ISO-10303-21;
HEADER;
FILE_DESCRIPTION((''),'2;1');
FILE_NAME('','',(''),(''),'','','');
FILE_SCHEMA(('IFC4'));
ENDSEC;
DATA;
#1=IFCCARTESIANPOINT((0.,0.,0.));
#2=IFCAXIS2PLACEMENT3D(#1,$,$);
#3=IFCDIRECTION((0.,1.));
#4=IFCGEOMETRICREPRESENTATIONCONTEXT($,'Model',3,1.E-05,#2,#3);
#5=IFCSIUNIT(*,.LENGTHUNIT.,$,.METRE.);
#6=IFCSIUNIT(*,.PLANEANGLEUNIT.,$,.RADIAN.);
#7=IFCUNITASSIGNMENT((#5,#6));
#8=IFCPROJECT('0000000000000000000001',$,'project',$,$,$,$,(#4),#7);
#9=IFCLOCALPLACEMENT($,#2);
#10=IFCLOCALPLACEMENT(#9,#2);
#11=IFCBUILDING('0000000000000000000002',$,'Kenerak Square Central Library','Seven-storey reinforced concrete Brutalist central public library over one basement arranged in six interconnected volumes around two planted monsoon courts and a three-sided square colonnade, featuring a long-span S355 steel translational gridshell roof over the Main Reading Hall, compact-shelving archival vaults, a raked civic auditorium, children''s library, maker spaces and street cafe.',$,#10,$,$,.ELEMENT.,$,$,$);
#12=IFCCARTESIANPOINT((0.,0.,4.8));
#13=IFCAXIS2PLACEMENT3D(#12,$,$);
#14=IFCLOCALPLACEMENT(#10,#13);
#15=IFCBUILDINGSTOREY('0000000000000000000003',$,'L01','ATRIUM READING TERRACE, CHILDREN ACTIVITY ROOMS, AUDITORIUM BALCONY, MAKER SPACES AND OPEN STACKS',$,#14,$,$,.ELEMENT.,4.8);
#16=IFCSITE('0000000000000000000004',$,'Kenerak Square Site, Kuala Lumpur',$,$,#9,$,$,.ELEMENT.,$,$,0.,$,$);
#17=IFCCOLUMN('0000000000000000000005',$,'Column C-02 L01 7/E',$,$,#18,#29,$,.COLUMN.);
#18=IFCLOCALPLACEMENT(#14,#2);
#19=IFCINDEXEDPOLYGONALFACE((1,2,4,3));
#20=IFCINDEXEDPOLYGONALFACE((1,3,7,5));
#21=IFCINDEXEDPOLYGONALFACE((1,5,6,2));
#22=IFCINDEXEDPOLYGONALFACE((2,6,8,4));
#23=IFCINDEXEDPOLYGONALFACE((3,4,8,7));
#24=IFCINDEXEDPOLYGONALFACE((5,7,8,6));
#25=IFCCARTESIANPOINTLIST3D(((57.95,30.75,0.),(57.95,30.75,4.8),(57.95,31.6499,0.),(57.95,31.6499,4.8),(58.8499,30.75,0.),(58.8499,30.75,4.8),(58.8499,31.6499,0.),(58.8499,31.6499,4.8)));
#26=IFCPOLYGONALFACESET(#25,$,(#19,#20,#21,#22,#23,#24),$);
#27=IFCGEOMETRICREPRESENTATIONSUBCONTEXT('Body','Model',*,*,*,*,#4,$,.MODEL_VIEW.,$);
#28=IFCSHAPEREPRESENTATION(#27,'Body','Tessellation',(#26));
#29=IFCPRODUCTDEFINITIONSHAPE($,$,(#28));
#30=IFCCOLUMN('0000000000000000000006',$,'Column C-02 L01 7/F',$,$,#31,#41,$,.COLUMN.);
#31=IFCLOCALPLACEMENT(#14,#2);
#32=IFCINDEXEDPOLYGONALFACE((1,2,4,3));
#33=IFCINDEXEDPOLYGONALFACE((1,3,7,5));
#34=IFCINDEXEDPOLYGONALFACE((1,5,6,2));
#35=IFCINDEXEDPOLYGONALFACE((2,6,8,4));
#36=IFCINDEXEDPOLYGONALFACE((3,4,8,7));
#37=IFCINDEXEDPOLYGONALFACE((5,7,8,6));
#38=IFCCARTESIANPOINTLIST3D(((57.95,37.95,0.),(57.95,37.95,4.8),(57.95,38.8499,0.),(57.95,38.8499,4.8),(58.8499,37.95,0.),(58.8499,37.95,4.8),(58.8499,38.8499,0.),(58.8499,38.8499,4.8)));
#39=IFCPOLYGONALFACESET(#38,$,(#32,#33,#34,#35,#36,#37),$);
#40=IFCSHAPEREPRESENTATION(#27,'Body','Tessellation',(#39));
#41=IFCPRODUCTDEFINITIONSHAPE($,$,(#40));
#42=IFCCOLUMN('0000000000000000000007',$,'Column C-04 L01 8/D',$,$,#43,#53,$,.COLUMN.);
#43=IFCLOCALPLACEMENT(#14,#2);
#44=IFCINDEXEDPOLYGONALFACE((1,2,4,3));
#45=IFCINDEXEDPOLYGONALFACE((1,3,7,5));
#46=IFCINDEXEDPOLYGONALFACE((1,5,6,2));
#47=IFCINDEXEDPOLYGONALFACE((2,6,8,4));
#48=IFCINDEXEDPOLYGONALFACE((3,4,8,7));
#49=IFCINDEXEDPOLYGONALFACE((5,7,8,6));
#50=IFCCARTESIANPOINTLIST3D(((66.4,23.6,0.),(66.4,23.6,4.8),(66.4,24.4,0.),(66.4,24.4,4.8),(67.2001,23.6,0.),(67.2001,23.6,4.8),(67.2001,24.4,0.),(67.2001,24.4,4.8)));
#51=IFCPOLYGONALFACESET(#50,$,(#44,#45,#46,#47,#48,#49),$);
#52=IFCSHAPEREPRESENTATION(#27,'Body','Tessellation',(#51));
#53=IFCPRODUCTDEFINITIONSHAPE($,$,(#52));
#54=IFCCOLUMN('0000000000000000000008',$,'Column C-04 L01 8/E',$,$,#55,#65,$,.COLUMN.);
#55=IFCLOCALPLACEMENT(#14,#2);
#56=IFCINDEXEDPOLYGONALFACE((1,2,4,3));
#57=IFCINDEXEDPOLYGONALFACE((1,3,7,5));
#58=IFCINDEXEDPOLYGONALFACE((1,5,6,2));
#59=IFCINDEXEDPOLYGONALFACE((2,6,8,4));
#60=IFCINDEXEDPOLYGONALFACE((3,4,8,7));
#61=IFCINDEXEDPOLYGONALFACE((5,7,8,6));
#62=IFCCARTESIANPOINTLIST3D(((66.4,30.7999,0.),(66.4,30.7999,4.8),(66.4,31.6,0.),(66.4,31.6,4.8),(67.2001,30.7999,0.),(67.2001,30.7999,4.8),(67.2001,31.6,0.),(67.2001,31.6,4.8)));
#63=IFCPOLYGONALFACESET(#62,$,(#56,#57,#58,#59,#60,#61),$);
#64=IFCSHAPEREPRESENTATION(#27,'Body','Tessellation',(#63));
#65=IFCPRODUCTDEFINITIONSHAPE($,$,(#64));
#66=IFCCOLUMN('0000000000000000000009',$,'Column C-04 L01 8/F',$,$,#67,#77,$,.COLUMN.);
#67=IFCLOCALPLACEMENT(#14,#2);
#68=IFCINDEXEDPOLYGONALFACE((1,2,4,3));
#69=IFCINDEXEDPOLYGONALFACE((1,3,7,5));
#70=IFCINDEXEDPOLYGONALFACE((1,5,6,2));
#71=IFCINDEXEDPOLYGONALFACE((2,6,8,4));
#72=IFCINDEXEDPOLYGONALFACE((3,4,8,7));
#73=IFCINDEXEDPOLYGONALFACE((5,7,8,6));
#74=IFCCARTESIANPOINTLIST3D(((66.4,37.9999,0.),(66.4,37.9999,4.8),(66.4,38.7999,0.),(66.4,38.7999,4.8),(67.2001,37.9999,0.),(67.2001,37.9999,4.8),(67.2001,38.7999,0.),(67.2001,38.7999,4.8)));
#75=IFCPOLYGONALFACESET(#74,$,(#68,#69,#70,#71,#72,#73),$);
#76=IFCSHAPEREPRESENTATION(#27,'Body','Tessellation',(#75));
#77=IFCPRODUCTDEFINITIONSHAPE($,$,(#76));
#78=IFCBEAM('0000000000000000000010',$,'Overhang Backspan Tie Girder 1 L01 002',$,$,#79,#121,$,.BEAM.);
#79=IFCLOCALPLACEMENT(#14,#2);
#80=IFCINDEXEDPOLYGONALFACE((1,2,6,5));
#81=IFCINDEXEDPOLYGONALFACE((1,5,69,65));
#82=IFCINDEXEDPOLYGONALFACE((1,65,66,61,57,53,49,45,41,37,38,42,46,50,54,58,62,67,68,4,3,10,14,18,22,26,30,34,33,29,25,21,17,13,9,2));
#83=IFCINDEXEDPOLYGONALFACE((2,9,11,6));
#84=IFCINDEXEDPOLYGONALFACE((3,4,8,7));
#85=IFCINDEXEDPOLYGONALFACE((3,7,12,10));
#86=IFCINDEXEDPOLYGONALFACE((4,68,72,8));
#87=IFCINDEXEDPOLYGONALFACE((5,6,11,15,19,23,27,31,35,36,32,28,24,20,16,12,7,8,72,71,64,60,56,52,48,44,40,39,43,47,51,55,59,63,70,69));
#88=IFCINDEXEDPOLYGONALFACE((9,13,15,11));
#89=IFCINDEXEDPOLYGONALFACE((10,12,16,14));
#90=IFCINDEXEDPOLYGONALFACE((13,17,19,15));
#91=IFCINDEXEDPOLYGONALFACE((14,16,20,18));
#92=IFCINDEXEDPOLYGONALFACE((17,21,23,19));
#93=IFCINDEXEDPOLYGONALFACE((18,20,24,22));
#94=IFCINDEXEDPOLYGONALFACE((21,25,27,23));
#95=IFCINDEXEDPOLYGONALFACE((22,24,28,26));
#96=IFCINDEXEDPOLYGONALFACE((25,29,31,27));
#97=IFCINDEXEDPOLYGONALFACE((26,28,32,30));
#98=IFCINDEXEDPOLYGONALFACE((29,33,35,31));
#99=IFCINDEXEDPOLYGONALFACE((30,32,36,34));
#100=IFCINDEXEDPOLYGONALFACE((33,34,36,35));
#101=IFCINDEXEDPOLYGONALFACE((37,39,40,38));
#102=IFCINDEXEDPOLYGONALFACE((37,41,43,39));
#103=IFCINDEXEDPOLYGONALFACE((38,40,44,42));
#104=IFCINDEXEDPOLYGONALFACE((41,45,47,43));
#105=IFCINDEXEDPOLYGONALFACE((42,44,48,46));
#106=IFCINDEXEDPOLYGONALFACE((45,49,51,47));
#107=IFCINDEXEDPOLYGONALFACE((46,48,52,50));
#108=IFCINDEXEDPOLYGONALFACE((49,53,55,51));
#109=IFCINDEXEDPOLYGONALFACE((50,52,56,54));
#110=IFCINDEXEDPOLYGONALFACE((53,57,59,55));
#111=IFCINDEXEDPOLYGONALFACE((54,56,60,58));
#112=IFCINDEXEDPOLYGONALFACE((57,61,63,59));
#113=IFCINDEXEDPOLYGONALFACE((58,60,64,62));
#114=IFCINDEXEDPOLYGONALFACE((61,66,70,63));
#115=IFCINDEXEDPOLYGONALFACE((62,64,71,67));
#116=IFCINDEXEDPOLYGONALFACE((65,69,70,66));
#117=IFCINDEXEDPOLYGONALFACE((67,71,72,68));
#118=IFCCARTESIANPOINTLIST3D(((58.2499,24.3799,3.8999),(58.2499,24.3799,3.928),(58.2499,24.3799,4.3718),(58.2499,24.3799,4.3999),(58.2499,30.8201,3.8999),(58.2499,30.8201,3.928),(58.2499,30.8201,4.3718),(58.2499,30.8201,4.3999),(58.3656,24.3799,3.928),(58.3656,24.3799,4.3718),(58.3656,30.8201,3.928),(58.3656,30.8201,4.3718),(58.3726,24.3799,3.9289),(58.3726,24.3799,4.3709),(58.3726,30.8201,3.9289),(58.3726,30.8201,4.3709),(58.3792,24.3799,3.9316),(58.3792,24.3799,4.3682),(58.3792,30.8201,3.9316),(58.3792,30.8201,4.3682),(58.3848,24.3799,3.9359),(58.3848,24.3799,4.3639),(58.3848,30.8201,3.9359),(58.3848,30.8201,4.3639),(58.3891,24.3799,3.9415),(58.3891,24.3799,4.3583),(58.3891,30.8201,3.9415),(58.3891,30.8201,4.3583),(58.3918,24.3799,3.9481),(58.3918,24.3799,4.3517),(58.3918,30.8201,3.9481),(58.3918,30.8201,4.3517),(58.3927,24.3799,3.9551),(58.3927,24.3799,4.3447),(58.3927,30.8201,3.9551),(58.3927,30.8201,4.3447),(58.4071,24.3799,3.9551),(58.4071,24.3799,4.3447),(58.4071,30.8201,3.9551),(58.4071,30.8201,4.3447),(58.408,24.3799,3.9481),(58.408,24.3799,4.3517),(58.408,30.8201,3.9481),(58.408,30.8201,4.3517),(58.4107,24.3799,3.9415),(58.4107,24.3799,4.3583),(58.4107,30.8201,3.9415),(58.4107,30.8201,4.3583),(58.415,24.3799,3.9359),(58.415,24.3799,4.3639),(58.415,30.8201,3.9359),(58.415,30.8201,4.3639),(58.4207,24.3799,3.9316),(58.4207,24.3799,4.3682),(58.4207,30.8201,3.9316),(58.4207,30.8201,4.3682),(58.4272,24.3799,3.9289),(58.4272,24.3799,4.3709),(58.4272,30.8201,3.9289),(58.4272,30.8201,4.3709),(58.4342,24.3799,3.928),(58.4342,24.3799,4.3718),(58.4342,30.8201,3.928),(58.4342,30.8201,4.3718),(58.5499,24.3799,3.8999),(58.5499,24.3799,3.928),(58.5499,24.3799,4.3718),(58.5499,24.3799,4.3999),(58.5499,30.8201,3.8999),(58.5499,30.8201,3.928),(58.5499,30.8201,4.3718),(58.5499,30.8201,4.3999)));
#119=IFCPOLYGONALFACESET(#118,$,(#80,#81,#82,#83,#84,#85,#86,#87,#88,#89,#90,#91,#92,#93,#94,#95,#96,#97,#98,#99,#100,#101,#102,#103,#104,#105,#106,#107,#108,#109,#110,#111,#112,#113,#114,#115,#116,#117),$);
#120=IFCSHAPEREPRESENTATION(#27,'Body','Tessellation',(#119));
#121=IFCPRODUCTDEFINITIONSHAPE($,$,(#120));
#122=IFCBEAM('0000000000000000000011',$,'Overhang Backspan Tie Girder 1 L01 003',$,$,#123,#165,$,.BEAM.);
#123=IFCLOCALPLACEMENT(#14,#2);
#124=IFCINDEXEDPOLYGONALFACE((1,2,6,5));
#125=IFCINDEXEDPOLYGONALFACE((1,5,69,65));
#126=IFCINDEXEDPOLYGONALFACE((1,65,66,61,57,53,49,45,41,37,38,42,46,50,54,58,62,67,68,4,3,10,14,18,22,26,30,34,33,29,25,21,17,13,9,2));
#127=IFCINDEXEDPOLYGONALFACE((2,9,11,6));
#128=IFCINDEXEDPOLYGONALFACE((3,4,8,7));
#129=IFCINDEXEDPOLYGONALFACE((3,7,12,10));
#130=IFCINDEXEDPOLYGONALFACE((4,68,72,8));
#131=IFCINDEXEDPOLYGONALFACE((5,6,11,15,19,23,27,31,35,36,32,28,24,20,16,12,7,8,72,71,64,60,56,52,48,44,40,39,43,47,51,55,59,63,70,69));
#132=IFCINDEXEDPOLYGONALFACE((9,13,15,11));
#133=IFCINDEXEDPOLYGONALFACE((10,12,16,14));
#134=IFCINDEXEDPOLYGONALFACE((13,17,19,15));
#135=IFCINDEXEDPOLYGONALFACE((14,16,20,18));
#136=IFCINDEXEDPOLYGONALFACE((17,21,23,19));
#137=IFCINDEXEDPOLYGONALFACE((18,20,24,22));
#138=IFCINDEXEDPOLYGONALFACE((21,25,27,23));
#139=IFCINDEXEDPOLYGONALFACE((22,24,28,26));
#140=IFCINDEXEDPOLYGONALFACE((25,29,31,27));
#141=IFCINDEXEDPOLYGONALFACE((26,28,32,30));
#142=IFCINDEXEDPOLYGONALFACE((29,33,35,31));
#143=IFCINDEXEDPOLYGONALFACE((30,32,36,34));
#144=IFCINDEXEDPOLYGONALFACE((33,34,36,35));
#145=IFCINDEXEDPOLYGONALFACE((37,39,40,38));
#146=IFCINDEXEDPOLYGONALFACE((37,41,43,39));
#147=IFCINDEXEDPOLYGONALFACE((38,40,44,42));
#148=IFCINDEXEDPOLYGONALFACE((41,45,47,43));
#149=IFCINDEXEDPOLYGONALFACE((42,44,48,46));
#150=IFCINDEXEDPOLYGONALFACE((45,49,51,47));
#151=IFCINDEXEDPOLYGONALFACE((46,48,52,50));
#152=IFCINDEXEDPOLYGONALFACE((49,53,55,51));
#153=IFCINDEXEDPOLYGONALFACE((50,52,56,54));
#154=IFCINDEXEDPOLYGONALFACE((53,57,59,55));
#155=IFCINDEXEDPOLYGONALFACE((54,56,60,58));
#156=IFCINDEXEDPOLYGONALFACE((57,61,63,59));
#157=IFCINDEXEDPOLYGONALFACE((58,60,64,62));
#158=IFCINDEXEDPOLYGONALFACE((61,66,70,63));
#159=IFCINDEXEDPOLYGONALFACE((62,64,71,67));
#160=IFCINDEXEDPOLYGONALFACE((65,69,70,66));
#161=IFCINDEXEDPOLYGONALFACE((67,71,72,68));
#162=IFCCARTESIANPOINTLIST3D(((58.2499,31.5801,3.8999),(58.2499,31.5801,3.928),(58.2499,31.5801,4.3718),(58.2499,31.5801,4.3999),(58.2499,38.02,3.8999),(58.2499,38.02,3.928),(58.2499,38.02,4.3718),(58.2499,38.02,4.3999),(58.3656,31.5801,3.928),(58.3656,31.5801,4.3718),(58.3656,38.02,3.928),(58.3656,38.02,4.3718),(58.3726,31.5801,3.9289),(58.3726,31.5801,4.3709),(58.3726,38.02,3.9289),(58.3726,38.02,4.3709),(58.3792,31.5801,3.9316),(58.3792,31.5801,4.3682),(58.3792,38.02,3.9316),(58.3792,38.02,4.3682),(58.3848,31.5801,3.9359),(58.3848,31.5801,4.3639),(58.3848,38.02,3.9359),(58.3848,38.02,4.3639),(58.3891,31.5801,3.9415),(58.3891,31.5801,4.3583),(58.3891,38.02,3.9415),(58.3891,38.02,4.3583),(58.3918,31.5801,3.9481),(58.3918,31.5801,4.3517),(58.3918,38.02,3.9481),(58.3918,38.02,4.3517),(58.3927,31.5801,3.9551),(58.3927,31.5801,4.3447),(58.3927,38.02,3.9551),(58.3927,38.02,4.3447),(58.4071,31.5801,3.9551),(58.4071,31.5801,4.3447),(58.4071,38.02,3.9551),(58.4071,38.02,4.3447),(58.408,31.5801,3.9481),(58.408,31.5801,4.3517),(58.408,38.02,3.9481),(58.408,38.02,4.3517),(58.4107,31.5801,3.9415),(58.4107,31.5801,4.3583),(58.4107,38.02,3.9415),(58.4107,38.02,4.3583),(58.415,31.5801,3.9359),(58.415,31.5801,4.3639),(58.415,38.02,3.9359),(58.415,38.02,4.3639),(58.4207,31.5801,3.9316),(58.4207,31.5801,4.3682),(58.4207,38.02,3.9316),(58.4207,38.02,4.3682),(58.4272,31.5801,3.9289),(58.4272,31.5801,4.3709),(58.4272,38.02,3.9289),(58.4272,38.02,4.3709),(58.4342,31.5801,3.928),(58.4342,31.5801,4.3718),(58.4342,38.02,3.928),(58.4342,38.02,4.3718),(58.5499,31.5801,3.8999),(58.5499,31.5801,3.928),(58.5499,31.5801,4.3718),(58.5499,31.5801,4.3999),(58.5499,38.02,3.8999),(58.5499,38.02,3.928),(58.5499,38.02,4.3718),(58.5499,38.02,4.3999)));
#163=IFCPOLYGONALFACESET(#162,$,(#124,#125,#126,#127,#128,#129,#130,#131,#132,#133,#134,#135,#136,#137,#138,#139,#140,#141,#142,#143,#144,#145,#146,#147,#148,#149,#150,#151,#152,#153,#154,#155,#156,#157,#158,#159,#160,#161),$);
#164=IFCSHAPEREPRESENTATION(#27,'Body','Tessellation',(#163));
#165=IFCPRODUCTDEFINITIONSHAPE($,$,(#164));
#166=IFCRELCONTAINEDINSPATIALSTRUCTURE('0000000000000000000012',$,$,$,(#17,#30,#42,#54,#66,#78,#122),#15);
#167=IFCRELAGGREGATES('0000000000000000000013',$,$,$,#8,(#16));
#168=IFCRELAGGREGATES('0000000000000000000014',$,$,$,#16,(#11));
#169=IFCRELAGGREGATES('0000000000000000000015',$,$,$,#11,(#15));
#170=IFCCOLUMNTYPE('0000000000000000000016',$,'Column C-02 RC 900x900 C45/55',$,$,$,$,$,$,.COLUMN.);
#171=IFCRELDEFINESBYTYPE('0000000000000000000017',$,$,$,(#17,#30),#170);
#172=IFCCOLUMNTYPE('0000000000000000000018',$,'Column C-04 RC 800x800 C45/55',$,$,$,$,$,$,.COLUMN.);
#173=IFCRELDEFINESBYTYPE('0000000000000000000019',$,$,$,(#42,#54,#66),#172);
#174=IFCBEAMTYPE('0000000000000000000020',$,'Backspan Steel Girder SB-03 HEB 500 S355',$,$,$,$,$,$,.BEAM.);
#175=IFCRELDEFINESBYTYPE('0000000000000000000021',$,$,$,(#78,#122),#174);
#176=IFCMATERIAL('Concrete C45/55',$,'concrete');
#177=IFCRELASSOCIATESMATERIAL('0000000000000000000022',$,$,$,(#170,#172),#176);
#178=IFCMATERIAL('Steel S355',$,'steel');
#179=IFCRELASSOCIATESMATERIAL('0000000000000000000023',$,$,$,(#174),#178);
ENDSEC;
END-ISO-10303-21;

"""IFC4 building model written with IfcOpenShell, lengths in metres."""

from ifc_helpers import new_model, si_unit, direction, frame, origin, origin_2d, place, context, subcontext, project, spatial, rectangle, i_section, extrude, material, material_profile, profile_set, type_object, element, save


model = new_model("IFC4")

# Units and contexts
model_context = context("Model", 3, precision=1e-05, world=origin(), true_north=direction((0.0, 1.0)))
body_context = subcontext(model_context, "Body", "Model", "MODEL_VIEW")
ifc_project = project(units=[si_unit("LENGTHUNIT", "METRE"), si_unit("PLANEANGLEUNIT", "RADIAN")], contexts=[model_context])

# Site, building, storey
site_placement = place(None, origin())
site = spatial("IfcSite", under=ifc_project, at=site_placement, Name="Kenerak Square Site, Kuala Lumpur", CompositionType="ELEMENT", RefElevation=0.0)
building_placement = place(site_placement, origin())
building = spatial("IfcBuilding", under=site, at=building_placement, Name="Kenerak Square Central Library", Description="Seven-storey reinforced concrete Brutalist central public library over one basement arranged in six interconnected volumes around two planted monsoon courts and a three-sided square colonnade, featuring a long-span S355 steel translational gridshell roof over the Main Reading Hall, compact-shelving archival vaults, a raked civic auditorium, children's library, maker spaces and street cafe.", CompositionType="ELEMENT")
storey_placement = place(building_placement, frame((0.0, 0.0, 4.8)))
storey = spatial("IfcBuildingStorey", under=building, at=storey_placement, Name="L01", Description="ATRIUM READING TERRACE, CHILDREN ACTIVITY ROOMS, AUDITORIUM BALCONY, MAKER SPACES AND OPEN STACKS", CompositionType="ELEMENT", Elevation=4.8)

# Columns
ifc_material_1 = material(Name="Concrete C45/55", Category="concrete")
ifc_material_profile_1 = material_profile(ifc_material_1, rectangle(XDim=0.8999, YDim=0.8999, at=origin_2d()), Name="RC 900x900")
ifc_profile_set_1 = profile_set([ifc_material_profile_1], Name="Concrete C45/55")
column_type_1 = type_object("IfcColumnType", Name="Column C-02 RC 900x900 C45/55", PredefinedType="COLUMN", material=ifc_profile_set_1)
for number, where, z_axis, x_axis, name in (
    (1, (58.3999, 31.2, 0.0), (0.0, 0.0, 1.0), (1.0, 0.0, 0.0), "Column C-02 L01 7/E"),
    (2, (58.3999, 38.3999, 0.0), (0.0, 0.0, 1.0), (1.0, 0.0, 0.0), "Column C-02 L01 7/F"),
):
    element("IfcColumn", number, at=place(storey_placement, frame(where, z_axis=z_axis, x_axis=x_axis)), inside=storey, type_object=column_type_1, Name=name, PredefinedType="COLUMN", context=body_context, shape_type="SweptSolid", body=[
        extrude(rectangle(XDim=0.8999, YDim=0.8999, at=origin_2d()), origin(), (0.0, 0.0, 1.0), 4.8),
    ])
ifc_material_profile_2 = material_profile(ifc_material_1, rectangle(XDim=0.8, YDim=0.8, at=origin_2d()), Name="RC 800x800")
ifc_profile_set_2 = profile_set([ifc_material_profile_2], Name="Concrete C45/55")
column_type_2 = type_object("IfcColumnType", Name="Column C-04 RC 800x800 C45/55", PredefinedType="COLUMN", material=ifc_profile_set_2)
for number, where, z_axis, x_axis, name in (
    (3, (66.8, 24.0, 0.0), (0.0, 0.0, 1.0), (1.0, 0.0, 0.0), "Column C-04 L01 8/D"),
    (4, (66.8, 31.2, 0.0), (0.0, 0.0, 1.0), (1.0, 0.0, 0.0), "Column C-04 L01 8/E"),
    (5, (66.8, 38.3999, 0.0), (0.0, 0.0, 1.0), (1.0, 0.0, 0.0), "Column C-04 L01 8/F"),
):
    element("IfcColumn", number, at=place(storey_placement, frame(where, z_axis=z_axis, x_axis=x_axis)), inside=storey, type_object=column_type_2, Name=name, PredefinedType="COLUMN", context=body_context, shape_type="SweptSolid", body=[
        extrude(rectangle(XDim=0.8, YDim=0.8, at=origin_2d()), origin(), (0.0, 0.0, 1.0), 4.8),
    ])

# Beams
ifc_material_2 = material(Name="Steel S355", Category="steel")
ifc_material_profile_3 = material_profile(ifc_material_2, i_section(OverallWidth=0.3, OverallDepth=0.5, WebThickness=0.0144, FlangeThickness=0.0281, FilletRadius=0.0271, at=origin_2d()), Name="HEB 500")
ifc_profile_set_3 = profile_set([ifc_material_profile_3], Name="Steel S355")
beam_type_1 = type_object("IfcBeamType", Name="Backspan Steel Girder SB-03 HEB 500 S355", PredefinedType="BEAM", material=ifc_profile_set_3)
beam_1_placement = place(storey_placement, frame((58.3999, 24.3799, 4.1499), z_axis=(0.0, 1.0, 0.0), x_axis=(-1.0, 0.0, 0.0)))
element("IfcBeam", 6, at=beam_1_placement, inside=storey, type_object=beam_type_1, Name="Overhang Backspan Tie Girder 1 L01 002", PredefinedType="BEAM", context=body_context, shape_type="SweptSolid", body=[
    extrude(i_section(OverallWidth=0.3, OverallDepth=0.5, WebThickness=0.0144, FlangeThickness=0.0281, FilletRadius=0.0271, at=origin_2d()), origin(), (0.0, 0.0, 1.0), 6.4402),
])
beam_2_placement = place(storey_placement, frame((58.3999, 31.5801, 4.1499), z_axis=(0.0, 1.0, 0.0), x_axis=(-1.0, 0.0, 0.0)))
element("IfcBeam", 7, at=beam_2_placement, inside=storey, type_object=beam_type_1, Name="Overhang Backspan Tie Girder 1 L01 003", PredefinedType="BEAM", context=body_context, shape_type="SweptSolid", body=[
    extrude(i_section(OverallWidth=0.3, OverallDepth=0.5, WebThickness=0.0144, FlangeThickness=0.0281, FilletRadius=0.0271, at=origin_2d()), origin(), (0.0, 0.0, 1.0), 6.4399),
])

save(model, "model.ifc")
